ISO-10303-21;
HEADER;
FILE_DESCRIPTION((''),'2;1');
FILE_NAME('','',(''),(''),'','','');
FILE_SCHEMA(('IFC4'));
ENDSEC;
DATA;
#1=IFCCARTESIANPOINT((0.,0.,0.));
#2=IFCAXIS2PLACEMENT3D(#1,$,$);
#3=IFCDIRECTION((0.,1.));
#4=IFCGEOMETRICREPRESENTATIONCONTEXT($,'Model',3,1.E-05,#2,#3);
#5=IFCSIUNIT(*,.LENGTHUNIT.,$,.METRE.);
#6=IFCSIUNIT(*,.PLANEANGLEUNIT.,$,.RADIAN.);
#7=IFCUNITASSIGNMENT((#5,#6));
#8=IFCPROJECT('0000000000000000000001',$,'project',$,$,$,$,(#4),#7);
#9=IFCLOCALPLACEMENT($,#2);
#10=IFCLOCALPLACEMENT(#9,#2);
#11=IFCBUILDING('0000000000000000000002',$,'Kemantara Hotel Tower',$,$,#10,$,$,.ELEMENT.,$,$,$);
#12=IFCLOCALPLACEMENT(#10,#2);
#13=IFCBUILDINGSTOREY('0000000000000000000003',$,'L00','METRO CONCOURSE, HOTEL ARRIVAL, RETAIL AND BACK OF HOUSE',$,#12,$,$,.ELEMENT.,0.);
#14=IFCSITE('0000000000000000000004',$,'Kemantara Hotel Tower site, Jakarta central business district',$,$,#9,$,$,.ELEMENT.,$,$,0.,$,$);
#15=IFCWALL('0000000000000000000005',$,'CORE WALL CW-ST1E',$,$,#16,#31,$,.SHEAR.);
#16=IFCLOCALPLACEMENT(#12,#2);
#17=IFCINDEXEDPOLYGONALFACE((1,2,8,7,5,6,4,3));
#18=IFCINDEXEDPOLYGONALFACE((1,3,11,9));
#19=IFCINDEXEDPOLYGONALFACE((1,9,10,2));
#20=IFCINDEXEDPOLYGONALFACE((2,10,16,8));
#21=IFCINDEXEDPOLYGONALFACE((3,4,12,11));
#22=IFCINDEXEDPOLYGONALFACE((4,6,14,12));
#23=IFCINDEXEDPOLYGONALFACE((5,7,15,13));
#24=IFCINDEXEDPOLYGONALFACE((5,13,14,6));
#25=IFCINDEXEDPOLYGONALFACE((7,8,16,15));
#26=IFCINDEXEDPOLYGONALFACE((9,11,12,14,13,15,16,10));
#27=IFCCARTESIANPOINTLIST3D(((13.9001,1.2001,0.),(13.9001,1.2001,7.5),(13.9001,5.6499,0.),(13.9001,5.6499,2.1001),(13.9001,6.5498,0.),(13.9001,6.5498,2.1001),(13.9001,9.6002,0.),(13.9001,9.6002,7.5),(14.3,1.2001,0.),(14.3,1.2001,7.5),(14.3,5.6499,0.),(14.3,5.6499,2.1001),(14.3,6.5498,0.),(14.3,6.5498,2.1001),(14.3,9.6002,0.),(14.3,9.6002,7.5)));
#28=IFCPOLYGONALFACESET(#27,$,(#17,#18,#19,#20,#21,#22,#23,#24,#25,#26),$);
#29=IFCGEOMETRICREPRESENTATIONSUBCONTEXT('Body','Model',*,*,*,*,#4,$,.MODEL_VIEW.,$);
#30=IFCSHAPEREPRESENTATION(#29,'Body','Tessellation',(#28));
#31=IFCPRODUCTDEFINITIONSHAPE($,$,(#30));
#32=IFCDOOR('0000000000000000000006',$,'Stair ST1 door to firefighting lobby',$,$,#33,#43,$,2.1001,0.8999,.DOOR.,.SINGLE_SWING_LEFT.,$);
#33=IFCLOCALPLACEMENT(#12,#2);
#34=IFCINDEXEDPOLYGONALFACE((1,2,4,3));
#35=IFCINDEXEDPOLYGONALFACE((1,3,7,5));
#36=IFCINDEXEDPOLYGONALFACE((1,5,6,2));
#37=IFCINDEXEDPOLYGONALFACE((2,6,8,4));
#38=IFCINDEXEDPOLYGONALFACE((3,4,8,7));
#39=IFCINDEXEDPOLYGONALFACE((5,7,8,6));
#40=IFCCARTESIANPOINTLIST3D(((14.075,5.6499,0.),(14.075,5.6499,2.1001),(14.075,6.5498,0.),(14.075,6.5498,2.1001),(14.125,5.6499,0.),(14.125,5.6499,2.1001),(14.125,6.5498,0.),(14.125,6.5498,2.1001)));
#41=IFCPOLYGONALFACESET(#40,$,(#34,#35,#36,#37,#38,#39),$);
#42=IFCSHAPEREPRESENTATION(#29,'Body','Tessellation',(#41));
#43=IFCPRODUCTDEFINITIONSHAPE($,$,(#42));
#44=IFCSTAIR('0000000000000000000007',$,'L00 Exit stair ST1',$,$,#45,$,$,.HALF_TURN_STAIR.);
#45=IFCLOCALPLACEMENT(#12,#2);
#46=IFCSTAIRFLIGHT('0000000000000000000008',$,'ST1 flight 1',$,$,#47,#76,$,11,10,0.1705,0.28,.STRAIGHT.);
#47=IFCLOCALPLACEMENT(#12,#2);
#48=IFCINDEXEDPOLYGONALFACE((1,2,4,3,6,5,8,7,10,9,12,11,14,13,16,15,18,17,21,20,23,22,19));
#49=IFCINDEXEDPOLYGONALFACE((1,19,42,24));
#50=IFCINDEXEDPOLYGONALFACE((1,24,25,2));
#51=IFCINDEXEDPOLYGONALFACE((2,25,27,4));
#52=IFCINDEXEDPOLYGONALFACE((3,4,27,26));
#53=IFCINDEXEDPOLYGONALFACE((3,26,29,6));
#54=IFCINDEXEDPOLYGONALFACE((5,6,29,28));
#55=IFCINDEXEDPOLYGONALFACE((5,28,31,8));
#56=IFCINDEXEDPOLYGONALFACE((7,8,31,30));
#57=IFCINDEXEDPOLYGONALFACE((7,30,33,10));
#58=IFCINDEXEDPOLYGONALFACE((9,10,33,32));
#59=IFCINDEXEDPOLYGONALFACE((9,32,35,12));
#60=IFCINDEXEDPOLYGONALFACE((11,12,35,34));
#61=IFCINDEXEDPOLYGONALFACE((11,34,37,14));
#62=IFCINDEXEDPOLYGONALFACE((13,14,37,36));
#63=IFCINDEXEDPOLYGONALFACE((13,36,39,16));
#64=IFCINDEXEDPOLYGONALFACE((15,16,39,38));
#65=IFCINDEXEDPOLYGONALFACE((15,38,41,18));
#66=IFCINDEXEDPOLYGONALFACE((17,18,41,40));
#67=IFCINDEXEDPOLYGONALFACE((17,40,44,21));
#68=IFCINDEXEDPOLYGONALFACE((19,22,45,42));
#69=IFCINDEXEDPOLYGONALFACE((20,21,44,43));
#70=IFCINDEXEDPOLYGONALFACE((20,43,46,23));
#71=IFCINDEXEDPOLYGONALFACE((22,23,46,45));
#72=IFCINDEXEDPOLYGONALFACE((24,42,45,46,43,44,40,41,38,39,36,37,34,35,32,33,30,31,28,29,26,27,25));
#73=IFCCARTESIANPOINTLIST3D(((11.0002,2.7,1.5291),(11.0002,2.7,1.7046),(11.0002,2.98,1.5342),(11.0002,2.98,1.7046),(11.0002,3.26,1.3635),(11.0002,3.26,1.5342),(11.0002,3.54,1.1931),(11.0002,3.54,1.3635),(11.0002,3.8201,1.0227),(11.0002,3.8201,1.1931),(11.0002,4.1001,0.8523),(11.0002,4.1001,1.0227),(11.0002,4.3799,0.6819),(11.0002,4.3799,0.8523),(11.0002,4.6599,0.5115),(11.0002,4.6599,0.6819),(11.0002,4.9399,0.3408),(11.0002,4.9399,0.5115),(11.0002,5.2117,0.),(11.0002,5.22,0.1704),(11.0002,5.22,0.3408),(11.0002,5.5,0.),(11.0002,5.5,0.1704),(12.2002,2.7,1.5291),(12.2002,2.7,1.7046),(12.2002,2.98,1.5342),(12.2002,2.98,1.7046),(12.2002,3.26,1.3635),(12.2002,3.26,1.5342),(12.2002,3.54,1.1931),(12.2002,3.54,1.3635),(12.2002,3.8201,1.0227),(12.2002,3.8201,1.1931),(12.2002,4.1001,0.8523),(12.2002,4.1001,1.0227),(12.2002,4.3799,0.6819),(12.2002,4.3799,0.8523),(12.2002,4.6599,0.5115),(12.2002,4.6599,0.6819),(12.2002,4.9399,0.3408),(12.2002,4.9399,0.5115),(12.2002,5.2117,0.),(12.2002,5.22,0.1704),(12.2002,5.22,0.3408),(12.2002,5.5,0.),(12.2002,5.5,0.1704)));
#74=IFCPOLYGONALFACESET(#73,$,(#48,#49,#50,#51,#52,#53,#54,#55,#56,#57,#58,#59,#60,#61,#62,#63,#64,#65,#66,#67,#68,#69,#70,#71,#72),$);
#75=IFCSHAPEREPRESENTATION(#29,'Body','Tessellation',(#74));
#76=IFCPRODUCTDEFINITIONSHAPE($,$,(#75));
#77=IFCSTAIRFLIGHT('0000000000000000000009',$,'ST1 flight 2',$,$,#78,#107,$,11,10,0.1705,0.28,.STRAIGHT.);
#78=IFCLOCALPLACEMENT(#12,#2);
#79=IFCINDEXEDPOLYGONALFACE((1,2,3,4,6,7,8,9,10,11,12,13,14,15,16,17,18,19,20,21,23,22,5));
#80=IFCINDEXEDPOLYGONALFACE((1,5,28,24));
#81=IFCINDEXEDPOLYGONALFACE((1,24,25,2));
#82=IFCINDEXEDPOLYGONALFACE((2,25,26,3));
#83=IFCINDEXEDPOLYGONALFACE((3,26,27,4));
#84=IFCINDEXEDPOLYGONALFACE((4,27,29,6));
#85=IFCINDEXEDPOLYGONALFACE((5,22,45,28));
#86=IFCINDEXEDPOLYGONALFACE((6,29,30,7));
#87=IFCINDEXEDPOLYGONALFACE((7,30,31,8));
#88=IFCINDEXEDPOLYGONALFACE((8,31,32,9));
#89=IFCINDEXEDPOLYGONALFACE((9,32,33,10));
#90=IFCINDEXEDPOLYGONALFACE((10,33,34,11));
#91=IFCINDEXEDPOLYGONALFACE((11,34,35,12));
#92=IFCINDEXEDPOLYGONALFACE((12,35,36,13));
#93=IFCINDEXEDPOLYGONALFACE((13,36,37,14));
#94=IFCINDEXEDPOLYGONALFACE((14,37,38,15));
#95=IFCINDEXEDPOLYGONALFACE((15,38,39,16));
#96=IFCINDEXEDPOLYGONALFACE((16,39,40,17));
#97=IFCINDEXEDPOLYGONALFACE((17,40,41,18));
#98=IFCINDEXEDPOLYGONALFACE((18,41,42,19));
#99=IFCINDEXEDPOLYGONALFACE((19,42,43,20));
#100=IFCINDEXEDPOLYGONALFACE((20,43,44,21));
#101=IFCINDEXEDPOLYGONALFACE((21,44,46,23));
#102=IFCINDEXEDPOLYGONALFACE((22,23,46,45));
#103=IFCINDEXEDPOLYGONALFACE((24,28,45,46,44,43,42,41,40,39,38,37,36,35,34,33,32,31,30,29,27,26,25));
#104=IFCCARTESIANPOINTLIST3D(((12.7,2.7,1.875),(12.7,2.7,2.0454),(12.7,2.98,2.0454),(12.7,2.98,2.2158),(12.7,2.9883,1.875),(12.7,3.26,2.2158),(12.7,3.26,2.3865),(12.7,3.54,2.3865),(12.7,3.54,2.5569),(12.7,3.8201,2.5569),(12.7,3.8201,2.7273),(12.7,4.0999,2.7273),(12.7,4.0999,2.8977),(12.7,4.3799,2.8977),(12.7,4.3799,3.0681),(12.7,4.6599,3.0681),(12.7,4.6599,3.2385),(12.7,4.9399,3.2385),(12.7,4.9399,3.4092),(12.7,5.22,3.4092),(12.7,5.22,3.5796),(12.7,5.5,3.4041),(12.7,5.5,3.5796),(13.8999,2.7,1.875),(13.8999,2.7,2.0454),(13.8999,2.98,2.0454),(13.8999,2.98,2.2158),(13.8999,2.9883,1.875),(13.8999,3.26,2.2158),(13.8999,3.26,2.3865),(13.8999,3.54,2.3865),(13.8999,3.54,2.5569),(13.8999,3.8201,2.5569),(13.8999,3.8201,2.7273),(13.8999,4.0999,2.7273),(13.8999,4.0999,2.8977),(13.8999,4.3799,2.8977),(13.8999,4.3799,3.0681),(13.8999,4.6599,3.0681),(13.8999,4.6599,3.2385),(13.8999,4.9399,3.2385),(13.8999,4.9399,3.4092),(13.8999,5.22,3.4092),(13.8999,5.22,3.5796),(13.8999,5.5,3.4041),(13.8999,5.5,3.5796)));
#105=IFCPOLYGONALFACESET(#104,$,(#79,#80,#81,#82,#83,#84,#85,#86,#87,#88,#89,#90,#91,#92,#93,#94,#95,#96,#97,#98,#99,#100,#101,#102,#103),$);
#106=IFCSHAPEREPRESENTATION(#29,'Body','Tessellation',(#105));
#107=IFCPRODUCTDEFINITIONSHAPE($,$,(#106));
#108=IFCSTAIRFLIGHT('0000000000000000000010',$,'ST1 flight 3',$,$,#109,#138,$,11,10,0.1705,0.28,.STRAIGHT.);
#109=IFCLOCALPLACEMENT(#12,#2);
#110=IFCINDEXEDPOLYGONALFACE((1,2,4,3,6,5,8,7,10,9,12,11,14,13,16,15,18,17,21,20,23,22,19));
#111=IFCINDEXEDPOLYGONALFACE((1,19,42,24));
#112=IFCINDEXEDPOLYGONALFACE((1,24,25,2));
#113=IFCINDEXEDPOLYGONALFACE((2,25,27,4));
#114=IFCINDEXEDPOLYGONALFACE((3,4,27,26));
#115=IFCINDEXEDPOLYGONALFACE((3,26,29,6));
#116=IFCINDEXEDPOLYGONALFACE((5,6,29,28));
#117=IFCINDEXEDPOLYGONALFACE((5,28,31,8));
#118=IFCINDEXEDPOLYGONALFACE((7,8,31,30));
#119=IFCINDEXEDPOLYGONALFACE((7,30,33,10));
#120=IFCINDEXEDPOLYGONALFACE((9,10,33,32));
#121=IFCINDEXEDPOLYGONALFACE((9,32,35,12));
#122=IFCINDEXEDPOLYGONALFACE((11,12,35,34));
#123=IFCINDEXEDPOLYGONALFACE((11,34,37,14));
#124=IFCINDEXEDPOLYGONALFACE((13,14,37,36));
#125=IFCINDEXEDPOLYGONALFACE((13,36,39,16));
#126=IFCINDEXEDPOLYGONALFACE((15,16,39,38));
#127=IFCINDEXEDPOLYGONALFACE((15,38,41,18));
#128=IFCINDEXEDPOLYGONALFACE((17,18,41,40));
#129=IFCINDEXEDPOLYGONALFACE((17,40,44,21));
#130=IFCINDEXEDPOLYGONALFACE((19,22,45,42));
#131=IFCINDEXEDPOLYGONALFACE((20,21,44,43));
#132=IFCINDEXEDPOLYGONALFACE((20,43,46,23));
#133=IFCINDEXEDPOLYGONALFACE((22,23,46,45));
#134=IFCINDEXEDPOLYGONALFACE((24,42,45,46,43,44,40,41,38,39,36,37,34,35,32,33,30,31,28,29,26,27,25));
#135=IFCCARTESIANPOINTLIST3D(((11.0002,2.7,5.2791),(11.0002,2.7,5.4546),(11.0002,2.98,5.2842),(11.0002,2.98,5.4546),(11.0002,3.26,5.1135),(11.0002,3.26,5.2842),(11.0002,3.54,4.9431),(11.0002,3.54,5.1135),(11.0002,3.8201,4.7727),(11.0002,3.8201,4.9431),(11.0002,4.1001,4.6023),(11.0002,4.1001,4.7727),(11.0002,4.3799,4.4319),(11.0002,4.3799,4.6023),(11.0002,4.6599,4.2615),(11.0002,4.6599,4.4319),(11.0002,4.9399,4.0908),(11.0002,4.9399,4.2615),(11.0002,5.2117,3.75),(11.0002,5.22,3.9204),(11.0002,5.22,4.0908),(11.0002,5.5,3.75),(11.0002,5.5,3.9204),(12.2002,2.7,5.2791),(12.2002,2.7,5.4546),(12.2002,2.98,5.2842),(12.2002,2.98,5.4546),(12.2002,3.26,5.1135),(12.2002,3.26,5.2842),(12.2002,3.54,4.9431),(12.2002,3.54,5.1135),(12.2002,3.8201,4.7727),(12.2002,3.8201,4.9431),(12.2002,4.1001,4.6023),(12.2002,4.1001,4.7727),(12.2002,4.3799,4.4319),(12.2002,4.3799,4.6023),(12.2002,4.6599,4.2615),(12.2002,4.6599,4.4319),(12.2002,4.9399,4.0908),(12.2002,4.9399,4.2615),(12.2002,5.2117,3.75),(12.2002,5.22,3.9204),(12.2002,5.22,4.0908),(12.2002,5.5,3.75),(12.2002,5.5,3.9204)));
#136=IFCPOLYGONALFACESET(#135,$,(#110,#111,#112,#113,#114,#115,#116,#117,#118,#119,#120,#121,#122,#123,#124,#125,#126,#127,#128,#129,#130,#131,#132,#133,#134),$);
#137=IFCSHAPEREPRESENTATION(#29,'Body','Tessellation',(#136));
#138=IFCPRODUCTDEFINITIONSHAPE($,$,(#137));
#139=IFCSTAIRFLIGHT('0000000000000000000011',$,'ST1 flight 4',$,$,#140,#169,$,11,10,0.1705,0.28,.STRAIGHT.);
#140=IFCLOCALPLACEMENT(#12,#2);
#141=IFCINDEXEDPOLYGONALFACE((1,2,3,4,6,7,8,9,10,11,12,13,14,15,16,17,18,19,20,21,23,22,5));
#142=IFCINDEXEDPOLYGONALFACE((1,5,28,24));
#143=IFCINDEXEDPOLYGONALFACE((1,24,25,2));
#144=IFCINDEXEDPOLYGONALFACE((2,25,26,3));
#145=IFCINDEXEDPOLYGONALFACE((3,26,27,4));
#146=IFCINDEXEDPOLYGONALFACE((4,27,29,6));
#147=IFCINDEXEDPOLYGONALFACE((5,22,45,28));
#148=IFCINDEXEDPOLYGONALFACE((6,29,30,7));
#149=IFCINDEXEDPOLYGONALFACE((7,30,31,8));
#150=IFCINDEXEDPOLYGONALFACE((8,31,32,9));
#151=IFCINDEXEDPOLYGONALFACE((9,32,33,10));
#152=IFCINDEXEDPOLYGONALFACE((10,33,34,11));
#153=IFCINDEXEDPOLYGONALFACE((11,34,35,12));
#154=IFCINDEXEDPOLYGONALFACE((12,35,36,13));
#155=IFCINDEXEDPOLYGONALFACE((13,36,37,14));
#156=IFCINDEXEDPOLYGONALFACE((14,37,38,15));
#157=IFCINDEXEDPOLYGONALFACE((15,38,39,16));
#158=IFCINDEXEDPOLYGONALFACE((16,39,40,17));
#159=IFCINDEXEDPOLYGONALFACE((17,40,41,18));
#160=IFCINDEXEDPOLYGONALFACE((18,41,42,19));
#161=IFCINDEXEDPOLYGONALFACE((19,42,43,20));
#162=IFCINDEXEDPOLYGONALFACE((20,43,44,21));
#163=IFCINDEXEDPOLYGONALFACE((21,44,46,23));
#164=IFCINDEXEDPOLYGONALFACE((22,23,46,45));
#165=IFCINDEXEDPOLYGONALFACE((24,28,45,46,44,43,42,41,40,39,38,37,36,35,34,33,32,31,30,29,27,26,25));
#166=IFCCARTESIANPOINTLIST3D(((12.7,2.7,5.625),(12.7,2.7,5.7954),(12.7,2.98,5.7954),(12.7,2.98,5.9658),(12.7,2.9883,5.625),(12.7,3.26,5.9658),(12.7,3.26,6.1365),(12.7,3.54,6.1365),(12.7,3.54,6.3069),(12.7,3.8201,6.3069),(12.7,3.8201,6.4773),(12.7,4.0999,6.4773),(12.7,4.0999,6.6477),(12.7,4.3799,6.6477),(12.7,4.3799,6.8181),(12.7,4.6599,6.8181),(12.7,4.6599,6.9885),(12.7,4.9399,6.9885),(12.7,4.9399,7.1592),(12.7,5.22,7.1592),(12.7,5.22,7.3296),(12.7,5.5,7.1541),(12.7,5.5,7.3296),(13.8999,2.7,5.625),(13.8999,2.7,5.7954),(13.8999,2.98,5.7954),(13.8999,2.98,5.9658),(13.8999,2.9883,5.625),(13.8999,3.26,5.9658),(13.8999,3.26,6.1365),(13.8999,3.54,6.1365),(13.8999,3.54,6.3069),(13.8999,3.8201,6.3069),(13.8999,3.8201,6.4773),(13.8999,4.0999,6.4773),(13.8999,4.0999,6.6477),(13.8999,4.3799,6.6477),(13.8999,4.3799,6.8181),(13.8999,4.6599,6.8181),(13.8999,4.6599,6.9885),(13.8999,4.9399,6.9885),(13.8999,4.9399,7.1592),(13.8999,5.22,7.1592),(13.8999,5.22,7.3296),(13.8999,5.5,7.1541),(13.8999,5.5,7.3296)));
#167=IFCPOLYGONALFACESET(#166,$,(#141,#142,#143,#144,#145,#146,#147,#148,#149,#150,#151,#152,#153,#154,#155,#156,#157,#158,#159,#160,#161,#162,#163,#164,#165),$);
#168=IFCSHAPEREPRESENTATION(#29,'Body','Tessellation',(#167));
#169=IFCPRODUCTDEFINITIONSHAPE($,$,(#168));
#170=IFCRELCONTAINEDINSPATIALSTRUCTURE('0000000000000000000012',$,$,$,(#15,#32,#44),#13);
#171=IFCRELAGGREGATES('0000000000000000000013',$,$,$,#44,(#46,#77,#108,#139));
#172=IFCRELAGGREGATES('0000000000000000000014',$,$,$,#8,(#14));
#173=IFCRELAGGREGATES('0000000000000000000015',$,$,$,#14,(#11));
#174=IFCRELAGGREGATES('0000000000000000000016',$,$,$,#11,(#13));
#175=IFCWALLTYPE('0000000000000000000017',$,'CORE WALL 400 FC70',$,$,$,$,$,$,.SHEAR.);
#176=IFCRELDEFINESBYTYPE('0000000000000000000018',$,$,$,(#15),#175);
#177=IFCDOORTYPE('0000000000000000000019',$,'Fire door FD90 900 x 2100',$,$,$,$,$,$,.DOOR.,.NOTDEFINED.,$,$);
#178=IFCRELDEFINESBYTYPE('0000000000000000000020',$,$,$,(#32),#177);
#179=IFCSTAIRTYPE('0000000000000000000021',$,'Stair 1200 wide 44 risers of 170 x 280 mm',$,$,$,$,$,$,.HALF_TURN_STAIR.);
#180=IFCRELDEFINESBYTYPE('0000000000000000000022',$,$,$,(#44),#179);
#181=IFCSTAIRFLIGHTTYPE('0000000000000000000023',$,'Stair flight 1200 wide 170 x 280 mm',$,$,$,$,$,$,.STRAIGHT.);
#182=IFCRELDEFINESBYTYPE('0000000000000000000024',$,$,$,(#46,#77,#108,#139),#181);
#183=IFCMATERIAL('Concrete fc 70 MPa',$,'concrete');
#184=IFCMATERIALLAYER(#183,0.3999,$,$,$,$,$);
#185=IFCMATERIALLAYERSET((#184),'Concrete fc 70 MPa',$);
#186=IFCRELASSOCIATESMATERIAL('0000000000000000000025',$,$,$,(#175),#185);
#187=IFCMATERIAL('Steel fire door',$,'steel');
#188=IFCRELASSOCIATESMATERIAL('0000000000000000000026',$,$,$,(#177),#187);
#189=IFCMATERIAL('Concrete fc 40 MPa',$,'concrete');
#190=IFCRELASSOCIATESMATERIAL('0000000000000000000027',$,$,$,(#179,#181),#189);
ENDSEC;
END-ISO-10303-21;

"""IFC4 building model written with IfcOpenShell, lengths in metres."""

from ifc_helpers import new_model, si_unit, direction, frame, frame_2d, origin, place, context, subcontext, project, spatial, polyline, rectangle, outline, extrude, material, layer, layer_set, type_object, element, fill, aggregate, save


model = new_model("IFC4")

# Units and contexts
model_context = context("Model", 3, precision=1e-05, world=origin(), true_north=direction((0.0, 1.0)))
body_context = subcontext(model_context, "Body", "Model", "MODEL_VIEW")
ifc_project = project(units=[si_unit("LENGTHUNIT", "METRE"), si_unit("PLANEANGLEUNIT", "RADIAN")], contexts=[model_context])

# Site, building, storey
site_placement = place(None, origin())
site = spatial("IfcSite", under=ifc_project, at=site_placement, Name="Kemantara Hotel Tower site, Jakarta central business district", CompositionType="ELEMENT", RefElevation=0.0)
building_placement = place(site_placement, origin())
building = spatial("IfcBuilding", under=site, at=building_placement, Name="Kemantara Hotel Tower", CompositionType="ELEMENT")
storey_placement = place(building_placement, origin())
storey = spatial("IfcBuildingStorey", under=building, at=storey_placement, Name="L00", Description="METRO CONCOURSE, HOTEL ARRIVAL, RETAIL AND BACK OF HOUSE", CompositionType="ELEMENT", Elevation=0.0)

# Shared definitions
ifc_material_1 = material(Name="Concrete fc 70 MPa", Category="concrete")
ifc_layer = layer(ifc_material_1, 0.3999)
ifc_layer_set = layer_set([ifc_layer], Name="Concrete fc 70 MPa")
wall_type = type_object("IfcWallType", Name="CORE WALL 400 FC70", PredefinedType="SHEAR", material=ifc_layer_set)

# Wall, opening, door
wall_1_placement = place(storey_placement, frame((14.1001, 1.2, 0.0), z_axis=(0.0, 0.0, 1.0), x_axis=(0.0, 1.0, 0.0)))
wall_1 = element("IfcWall", 1, at=wall_1_placement, inside=storey, type_object=wall_type, Name="CORE WALL CW-ST1E", PredefinedType="SHEAR", context=body_context, shape_type="SweptSolid", body=[
    extrude(rectangle(XDim=8.4001, YDim=0.3999, at=frame_2d((4.2002, 0.0))), origin(), (0.0, 0.0, 1.0), 7.5),
])
opening_1_placement = place(wall_1_placement, frame((4.45, 0.0, 0.0)))
opening_1 = element("IfcOpeningElement", 2, at=opening_1_placement, cuts=wall_1, PredefinedType="OPENING", context=body_context, shape_type="SweptSolid", body=[
    extrude(rectangle(XDim=0.8999, YDim=2.1001, at=frame_2d((0.45, 1.05))), frame((0.0, 0.21, 0.0), z_axis=(0.0, -1.0, 0.0), x_axis=(1.0, 0.0, 0.0)), (0.0, 0.0, 1.0), 0.4199),
])
ifc_material_2 = material(Name="Steel fire door", Category="steel")
door_type_1 = type_object("IfcDoorType", Name="Fire door FD90 900 x 2100", OperationType="NOTDEFINED", PredefinedType="DOOR", material=ifc_material_2)
door_1_placement = place(opening_1_placement, frame((0.8999, 0.0, 0.0), z_axis=(0.0, 0.0, 1.0), x_axis=(-1.0, 0.0, 0.0)))
door_1 = element("IfcDoor", 3, at=door_1_placement, inside=storey, type_object=door_type_1, Name="Stair ST1 door to firefighting lobby", OperationType="SINGLE_SWING_LEFT", OverallHeight=2.1001, OverallWidth=0.8999, PredefinedType="DOOR", context=body_context, shape_type="SweptSolid", body=[
    extrude(rectangle(XDim=0.8999, YDim=2.1001, at=frame_2d((0.45, 1.05))), frame((0.0, 0.0249, 0.0), z_axis=(0.0, -1.0, 0.0), x_axis=(1.0, 0.0, 0.0)), (0.0, 0.0, 1.0), 0.05),
])
fill(opening_1, door_1)

# Stair, stair flights
ifc_material_3 = material(Name="Concrete fc 40 MPa", Category="concrete")
stair_type = type_object("IfcStairType", Name="Stair 1200 wide 44 risers of 170 x 280 mm", PredefinedType="HALF_TURN_STAIR", material=ifc_material_3)
stair_placement = place(storey_placement, origin())
stair = element("IfcStair", 4, at=stair_placement, inside=storey, type_object=stair_type, Name="L00 Exit stair ST1", PredefinedType="HALF_TURN_STAIR")
stair_flight_type = type_object("IfcStairFlightType", Name="Stair flight 1200 wide 170 x 280 mm", PredefinedType="STRAIGHT", material=ifc_material_3)
stair_flight_1_placement = place(storey_placement, frame((11.6001, 5.5, 0.0), z_axis=(0.0, 0.0, 1.0), x_axis=(0.0, -1.0, 0.0)))
stair_flight_1 = element("IfcStairFlight", 5, at=stair_flight_1_placement, type_object=stair_flight_type, Name="ST1 flight 1", NumberOfRisers=11, NumberOfTreads=10, PredefinedType="STRAIGHT", RiserHeight=0.1705, TreadLength=0.28, context=body_context, shape_type="SweptSolid", body=[
    extrude(outline(polyline([(0.0, 0.0), (0.0, 0.1704), (0.28, 0.1704), (0.28, 0.3408), (0.5601, 0.3408), (0.5601, 0.5115), (0.8401, 0.5115), (0.8401, 0.6819), (1.1201, 0.6819), (1.1201, 0.8523), (1.3999, 0.8523), (1.3999, 1.0227), (1.6799, 1.0227), (1.6799, 1.1931), (1.96, 1.1931), (1.96, 1.3635), (2.24, 1.3635), (2.24, 1.5342), (2.52, 1.5342), (2.52, 1.7046), (2.8, 1.7046), (2.8, 1.875), (2.8, 1.5291), (0.2883, 0.0), (0.0, 0.0)])), frame((0.0, 0.6001, 0.0), z_axis=(0.0, -1.0, 0.0), x_axis=(1.0, 0.0, 0.0)), (0.0, 0.0, 1.0), 1.2),
])
stair_flight_2_placement = place(storey_placement, frame((13.3, 2.7, 1.875), z_axis=(0.0, 0.0, 1.0), x_axis=(0.0, 1.0, 0.0)))
stair_flight_2 = element("IfcStairFlight", 6, at=stair_flight_2_placement, type_object=stair_flight_type, Name="ST1 flight 2", NumberOfRisers=11, NumberOfTreads=10, PredefinedType="STRAIGHT", RiserHeight=0.1705, TreadLength=0.28, context=body_context, shape_type="SweptSolid", body=[
    extrude(outline(polyline([(0.0, 0.0), (0.0, 0.1704), (0.28, 0.1704), (0.28, 0.3408), (0.5601, 0.3408), (0.5601, 0.5115), (0.8401, 0.5115), (0.8401, 0.6819), (1.1201, 0.6819), (1.1201, 0.8523), (1.3999, 0.8523), (1.3999, 1.0227), (1.6799, 1.0227), (1.6799, 1.1931), (1.96, 1.1931), (1.96, 1.3635), (2.24, 1.3635), (2.24, 1.5342), (2.52, 1.5342), (2.52, 1.7046), (2.8, 1.7046), (2.8, 1.875), (2.8, 1.5291), (0.2883, 0.0), (0.0, 0.0)])), frame((0.0, 0.6001, 0.0), z_axis=(0.0, -1.0, 0.0), x_axis=(1.0, 0.0, 0.0)), (0.0, 0.0, 1.0), 1.2),
])
stair_flight_3_placement = place(storey_placement, frame((11.6001, 5.5, 3.75), z_axis=(0.0, 0.0, 1.0), x_axis=(0.0, -1.0, 0.0)))
stair_flight_3 = element("IfcStairFlight", 7, at=stair_flight_3_placement, type_object=stair_flight_type, Name="ST1 flight 3", NumberOfRisers=11, NumberOfTreads=10, PredefinedType="STRAIGHT", RiserHeight=0.1705, TreadLength=0.28, context=body_context, shape_type="SweptSolid", body=[
    extrude(outline(polyline([(0.0, 0.0), (0.0, 0.1704), (0.28, 0.1704), (0.28, 0.3408), (0.5601, 0.3408), (0.5601, 0.5115), (0.8401, 0.5115), (0.8401, 0.6819), (1.1201, 0.6819), (1.1201, 0.8523), (1.3999, 0.8523), (1.3999, 1.0227), (1.6799, 1.0227), (1.6799, 1.1931), (1.96, 1.1931), (1.96, 1.3635), (2.24, 1.3635), (2.24, 1.5342), (2.52, 1.5342), (2.52, 1.7046), (2.8, 1.7046), (2.8, 1.875), (2.8, 1.5291), (0.2883, 0.0), (0.0, 0.0)])), frame((0.0, 0.6001, 0.0), z_axis=(0.0, -1.0, 0.0), x_axis=(1.0, 0.0, 0.0)), (0.0, 0.0, 1.0), 1.2),
])
stair_flight_4_placement = place(storey_placement, frame((13.3, 2.7, 5.625), z_axis=(0.0, 0.0, 1.0), x_axis=(0.0, 1.0, 0.0)))
stair_flight_4 = element("IfcStairFlight", 8, at=stair_flight_4_placement, type_object=stair_flight_type, Name="ST1 flight 4", NumberOfRisers=11, NumberOfTreads=10, PredefinedType="STRAIGHT", RiserHeight=0.1705, TreadLength=0.28, context=body_context, shape_type="SweptSolid", body=[
    extrude(outline(polyline([(0.0, 0.0), (0.0, 0.1704), (0.28, 0.1704), (0.28, 0.3408), (0.5601, 0.3408), (0.5601, 0.5115), (0.8401, 0.5115), (0.8401, 0.6819), (1.1201, 0.6819), (1.1201, 0.8523), (1.3999, 0.8523), (1.3999, 1.0227), (1.6799, 1.0227), (1.6799, 1.1931), (1.96, 1.1931), (1.96, 1.3635), (2.24, 1.3635), (2.24, 1.5342), (2.52, 1.5342), (2.52, 1.7046), (2.8, 1.7046), (2.8, 1.875), (2.8, 1.5291), (0.2883, 0.0), (0.0, 0.0)])), frame((0.0, 0.6001, 0.0), z_axis=(0.0, -1.0, 0.0), x_axis=(1.0, 0.0, 0.0)), (0.0, 0.0, 1.0), 1.2),
])
aggregate(stair, [stair_flight_1, stair_flight_2, stair_flight_3, stair_flight_4])

save(model, "model.ifc")
